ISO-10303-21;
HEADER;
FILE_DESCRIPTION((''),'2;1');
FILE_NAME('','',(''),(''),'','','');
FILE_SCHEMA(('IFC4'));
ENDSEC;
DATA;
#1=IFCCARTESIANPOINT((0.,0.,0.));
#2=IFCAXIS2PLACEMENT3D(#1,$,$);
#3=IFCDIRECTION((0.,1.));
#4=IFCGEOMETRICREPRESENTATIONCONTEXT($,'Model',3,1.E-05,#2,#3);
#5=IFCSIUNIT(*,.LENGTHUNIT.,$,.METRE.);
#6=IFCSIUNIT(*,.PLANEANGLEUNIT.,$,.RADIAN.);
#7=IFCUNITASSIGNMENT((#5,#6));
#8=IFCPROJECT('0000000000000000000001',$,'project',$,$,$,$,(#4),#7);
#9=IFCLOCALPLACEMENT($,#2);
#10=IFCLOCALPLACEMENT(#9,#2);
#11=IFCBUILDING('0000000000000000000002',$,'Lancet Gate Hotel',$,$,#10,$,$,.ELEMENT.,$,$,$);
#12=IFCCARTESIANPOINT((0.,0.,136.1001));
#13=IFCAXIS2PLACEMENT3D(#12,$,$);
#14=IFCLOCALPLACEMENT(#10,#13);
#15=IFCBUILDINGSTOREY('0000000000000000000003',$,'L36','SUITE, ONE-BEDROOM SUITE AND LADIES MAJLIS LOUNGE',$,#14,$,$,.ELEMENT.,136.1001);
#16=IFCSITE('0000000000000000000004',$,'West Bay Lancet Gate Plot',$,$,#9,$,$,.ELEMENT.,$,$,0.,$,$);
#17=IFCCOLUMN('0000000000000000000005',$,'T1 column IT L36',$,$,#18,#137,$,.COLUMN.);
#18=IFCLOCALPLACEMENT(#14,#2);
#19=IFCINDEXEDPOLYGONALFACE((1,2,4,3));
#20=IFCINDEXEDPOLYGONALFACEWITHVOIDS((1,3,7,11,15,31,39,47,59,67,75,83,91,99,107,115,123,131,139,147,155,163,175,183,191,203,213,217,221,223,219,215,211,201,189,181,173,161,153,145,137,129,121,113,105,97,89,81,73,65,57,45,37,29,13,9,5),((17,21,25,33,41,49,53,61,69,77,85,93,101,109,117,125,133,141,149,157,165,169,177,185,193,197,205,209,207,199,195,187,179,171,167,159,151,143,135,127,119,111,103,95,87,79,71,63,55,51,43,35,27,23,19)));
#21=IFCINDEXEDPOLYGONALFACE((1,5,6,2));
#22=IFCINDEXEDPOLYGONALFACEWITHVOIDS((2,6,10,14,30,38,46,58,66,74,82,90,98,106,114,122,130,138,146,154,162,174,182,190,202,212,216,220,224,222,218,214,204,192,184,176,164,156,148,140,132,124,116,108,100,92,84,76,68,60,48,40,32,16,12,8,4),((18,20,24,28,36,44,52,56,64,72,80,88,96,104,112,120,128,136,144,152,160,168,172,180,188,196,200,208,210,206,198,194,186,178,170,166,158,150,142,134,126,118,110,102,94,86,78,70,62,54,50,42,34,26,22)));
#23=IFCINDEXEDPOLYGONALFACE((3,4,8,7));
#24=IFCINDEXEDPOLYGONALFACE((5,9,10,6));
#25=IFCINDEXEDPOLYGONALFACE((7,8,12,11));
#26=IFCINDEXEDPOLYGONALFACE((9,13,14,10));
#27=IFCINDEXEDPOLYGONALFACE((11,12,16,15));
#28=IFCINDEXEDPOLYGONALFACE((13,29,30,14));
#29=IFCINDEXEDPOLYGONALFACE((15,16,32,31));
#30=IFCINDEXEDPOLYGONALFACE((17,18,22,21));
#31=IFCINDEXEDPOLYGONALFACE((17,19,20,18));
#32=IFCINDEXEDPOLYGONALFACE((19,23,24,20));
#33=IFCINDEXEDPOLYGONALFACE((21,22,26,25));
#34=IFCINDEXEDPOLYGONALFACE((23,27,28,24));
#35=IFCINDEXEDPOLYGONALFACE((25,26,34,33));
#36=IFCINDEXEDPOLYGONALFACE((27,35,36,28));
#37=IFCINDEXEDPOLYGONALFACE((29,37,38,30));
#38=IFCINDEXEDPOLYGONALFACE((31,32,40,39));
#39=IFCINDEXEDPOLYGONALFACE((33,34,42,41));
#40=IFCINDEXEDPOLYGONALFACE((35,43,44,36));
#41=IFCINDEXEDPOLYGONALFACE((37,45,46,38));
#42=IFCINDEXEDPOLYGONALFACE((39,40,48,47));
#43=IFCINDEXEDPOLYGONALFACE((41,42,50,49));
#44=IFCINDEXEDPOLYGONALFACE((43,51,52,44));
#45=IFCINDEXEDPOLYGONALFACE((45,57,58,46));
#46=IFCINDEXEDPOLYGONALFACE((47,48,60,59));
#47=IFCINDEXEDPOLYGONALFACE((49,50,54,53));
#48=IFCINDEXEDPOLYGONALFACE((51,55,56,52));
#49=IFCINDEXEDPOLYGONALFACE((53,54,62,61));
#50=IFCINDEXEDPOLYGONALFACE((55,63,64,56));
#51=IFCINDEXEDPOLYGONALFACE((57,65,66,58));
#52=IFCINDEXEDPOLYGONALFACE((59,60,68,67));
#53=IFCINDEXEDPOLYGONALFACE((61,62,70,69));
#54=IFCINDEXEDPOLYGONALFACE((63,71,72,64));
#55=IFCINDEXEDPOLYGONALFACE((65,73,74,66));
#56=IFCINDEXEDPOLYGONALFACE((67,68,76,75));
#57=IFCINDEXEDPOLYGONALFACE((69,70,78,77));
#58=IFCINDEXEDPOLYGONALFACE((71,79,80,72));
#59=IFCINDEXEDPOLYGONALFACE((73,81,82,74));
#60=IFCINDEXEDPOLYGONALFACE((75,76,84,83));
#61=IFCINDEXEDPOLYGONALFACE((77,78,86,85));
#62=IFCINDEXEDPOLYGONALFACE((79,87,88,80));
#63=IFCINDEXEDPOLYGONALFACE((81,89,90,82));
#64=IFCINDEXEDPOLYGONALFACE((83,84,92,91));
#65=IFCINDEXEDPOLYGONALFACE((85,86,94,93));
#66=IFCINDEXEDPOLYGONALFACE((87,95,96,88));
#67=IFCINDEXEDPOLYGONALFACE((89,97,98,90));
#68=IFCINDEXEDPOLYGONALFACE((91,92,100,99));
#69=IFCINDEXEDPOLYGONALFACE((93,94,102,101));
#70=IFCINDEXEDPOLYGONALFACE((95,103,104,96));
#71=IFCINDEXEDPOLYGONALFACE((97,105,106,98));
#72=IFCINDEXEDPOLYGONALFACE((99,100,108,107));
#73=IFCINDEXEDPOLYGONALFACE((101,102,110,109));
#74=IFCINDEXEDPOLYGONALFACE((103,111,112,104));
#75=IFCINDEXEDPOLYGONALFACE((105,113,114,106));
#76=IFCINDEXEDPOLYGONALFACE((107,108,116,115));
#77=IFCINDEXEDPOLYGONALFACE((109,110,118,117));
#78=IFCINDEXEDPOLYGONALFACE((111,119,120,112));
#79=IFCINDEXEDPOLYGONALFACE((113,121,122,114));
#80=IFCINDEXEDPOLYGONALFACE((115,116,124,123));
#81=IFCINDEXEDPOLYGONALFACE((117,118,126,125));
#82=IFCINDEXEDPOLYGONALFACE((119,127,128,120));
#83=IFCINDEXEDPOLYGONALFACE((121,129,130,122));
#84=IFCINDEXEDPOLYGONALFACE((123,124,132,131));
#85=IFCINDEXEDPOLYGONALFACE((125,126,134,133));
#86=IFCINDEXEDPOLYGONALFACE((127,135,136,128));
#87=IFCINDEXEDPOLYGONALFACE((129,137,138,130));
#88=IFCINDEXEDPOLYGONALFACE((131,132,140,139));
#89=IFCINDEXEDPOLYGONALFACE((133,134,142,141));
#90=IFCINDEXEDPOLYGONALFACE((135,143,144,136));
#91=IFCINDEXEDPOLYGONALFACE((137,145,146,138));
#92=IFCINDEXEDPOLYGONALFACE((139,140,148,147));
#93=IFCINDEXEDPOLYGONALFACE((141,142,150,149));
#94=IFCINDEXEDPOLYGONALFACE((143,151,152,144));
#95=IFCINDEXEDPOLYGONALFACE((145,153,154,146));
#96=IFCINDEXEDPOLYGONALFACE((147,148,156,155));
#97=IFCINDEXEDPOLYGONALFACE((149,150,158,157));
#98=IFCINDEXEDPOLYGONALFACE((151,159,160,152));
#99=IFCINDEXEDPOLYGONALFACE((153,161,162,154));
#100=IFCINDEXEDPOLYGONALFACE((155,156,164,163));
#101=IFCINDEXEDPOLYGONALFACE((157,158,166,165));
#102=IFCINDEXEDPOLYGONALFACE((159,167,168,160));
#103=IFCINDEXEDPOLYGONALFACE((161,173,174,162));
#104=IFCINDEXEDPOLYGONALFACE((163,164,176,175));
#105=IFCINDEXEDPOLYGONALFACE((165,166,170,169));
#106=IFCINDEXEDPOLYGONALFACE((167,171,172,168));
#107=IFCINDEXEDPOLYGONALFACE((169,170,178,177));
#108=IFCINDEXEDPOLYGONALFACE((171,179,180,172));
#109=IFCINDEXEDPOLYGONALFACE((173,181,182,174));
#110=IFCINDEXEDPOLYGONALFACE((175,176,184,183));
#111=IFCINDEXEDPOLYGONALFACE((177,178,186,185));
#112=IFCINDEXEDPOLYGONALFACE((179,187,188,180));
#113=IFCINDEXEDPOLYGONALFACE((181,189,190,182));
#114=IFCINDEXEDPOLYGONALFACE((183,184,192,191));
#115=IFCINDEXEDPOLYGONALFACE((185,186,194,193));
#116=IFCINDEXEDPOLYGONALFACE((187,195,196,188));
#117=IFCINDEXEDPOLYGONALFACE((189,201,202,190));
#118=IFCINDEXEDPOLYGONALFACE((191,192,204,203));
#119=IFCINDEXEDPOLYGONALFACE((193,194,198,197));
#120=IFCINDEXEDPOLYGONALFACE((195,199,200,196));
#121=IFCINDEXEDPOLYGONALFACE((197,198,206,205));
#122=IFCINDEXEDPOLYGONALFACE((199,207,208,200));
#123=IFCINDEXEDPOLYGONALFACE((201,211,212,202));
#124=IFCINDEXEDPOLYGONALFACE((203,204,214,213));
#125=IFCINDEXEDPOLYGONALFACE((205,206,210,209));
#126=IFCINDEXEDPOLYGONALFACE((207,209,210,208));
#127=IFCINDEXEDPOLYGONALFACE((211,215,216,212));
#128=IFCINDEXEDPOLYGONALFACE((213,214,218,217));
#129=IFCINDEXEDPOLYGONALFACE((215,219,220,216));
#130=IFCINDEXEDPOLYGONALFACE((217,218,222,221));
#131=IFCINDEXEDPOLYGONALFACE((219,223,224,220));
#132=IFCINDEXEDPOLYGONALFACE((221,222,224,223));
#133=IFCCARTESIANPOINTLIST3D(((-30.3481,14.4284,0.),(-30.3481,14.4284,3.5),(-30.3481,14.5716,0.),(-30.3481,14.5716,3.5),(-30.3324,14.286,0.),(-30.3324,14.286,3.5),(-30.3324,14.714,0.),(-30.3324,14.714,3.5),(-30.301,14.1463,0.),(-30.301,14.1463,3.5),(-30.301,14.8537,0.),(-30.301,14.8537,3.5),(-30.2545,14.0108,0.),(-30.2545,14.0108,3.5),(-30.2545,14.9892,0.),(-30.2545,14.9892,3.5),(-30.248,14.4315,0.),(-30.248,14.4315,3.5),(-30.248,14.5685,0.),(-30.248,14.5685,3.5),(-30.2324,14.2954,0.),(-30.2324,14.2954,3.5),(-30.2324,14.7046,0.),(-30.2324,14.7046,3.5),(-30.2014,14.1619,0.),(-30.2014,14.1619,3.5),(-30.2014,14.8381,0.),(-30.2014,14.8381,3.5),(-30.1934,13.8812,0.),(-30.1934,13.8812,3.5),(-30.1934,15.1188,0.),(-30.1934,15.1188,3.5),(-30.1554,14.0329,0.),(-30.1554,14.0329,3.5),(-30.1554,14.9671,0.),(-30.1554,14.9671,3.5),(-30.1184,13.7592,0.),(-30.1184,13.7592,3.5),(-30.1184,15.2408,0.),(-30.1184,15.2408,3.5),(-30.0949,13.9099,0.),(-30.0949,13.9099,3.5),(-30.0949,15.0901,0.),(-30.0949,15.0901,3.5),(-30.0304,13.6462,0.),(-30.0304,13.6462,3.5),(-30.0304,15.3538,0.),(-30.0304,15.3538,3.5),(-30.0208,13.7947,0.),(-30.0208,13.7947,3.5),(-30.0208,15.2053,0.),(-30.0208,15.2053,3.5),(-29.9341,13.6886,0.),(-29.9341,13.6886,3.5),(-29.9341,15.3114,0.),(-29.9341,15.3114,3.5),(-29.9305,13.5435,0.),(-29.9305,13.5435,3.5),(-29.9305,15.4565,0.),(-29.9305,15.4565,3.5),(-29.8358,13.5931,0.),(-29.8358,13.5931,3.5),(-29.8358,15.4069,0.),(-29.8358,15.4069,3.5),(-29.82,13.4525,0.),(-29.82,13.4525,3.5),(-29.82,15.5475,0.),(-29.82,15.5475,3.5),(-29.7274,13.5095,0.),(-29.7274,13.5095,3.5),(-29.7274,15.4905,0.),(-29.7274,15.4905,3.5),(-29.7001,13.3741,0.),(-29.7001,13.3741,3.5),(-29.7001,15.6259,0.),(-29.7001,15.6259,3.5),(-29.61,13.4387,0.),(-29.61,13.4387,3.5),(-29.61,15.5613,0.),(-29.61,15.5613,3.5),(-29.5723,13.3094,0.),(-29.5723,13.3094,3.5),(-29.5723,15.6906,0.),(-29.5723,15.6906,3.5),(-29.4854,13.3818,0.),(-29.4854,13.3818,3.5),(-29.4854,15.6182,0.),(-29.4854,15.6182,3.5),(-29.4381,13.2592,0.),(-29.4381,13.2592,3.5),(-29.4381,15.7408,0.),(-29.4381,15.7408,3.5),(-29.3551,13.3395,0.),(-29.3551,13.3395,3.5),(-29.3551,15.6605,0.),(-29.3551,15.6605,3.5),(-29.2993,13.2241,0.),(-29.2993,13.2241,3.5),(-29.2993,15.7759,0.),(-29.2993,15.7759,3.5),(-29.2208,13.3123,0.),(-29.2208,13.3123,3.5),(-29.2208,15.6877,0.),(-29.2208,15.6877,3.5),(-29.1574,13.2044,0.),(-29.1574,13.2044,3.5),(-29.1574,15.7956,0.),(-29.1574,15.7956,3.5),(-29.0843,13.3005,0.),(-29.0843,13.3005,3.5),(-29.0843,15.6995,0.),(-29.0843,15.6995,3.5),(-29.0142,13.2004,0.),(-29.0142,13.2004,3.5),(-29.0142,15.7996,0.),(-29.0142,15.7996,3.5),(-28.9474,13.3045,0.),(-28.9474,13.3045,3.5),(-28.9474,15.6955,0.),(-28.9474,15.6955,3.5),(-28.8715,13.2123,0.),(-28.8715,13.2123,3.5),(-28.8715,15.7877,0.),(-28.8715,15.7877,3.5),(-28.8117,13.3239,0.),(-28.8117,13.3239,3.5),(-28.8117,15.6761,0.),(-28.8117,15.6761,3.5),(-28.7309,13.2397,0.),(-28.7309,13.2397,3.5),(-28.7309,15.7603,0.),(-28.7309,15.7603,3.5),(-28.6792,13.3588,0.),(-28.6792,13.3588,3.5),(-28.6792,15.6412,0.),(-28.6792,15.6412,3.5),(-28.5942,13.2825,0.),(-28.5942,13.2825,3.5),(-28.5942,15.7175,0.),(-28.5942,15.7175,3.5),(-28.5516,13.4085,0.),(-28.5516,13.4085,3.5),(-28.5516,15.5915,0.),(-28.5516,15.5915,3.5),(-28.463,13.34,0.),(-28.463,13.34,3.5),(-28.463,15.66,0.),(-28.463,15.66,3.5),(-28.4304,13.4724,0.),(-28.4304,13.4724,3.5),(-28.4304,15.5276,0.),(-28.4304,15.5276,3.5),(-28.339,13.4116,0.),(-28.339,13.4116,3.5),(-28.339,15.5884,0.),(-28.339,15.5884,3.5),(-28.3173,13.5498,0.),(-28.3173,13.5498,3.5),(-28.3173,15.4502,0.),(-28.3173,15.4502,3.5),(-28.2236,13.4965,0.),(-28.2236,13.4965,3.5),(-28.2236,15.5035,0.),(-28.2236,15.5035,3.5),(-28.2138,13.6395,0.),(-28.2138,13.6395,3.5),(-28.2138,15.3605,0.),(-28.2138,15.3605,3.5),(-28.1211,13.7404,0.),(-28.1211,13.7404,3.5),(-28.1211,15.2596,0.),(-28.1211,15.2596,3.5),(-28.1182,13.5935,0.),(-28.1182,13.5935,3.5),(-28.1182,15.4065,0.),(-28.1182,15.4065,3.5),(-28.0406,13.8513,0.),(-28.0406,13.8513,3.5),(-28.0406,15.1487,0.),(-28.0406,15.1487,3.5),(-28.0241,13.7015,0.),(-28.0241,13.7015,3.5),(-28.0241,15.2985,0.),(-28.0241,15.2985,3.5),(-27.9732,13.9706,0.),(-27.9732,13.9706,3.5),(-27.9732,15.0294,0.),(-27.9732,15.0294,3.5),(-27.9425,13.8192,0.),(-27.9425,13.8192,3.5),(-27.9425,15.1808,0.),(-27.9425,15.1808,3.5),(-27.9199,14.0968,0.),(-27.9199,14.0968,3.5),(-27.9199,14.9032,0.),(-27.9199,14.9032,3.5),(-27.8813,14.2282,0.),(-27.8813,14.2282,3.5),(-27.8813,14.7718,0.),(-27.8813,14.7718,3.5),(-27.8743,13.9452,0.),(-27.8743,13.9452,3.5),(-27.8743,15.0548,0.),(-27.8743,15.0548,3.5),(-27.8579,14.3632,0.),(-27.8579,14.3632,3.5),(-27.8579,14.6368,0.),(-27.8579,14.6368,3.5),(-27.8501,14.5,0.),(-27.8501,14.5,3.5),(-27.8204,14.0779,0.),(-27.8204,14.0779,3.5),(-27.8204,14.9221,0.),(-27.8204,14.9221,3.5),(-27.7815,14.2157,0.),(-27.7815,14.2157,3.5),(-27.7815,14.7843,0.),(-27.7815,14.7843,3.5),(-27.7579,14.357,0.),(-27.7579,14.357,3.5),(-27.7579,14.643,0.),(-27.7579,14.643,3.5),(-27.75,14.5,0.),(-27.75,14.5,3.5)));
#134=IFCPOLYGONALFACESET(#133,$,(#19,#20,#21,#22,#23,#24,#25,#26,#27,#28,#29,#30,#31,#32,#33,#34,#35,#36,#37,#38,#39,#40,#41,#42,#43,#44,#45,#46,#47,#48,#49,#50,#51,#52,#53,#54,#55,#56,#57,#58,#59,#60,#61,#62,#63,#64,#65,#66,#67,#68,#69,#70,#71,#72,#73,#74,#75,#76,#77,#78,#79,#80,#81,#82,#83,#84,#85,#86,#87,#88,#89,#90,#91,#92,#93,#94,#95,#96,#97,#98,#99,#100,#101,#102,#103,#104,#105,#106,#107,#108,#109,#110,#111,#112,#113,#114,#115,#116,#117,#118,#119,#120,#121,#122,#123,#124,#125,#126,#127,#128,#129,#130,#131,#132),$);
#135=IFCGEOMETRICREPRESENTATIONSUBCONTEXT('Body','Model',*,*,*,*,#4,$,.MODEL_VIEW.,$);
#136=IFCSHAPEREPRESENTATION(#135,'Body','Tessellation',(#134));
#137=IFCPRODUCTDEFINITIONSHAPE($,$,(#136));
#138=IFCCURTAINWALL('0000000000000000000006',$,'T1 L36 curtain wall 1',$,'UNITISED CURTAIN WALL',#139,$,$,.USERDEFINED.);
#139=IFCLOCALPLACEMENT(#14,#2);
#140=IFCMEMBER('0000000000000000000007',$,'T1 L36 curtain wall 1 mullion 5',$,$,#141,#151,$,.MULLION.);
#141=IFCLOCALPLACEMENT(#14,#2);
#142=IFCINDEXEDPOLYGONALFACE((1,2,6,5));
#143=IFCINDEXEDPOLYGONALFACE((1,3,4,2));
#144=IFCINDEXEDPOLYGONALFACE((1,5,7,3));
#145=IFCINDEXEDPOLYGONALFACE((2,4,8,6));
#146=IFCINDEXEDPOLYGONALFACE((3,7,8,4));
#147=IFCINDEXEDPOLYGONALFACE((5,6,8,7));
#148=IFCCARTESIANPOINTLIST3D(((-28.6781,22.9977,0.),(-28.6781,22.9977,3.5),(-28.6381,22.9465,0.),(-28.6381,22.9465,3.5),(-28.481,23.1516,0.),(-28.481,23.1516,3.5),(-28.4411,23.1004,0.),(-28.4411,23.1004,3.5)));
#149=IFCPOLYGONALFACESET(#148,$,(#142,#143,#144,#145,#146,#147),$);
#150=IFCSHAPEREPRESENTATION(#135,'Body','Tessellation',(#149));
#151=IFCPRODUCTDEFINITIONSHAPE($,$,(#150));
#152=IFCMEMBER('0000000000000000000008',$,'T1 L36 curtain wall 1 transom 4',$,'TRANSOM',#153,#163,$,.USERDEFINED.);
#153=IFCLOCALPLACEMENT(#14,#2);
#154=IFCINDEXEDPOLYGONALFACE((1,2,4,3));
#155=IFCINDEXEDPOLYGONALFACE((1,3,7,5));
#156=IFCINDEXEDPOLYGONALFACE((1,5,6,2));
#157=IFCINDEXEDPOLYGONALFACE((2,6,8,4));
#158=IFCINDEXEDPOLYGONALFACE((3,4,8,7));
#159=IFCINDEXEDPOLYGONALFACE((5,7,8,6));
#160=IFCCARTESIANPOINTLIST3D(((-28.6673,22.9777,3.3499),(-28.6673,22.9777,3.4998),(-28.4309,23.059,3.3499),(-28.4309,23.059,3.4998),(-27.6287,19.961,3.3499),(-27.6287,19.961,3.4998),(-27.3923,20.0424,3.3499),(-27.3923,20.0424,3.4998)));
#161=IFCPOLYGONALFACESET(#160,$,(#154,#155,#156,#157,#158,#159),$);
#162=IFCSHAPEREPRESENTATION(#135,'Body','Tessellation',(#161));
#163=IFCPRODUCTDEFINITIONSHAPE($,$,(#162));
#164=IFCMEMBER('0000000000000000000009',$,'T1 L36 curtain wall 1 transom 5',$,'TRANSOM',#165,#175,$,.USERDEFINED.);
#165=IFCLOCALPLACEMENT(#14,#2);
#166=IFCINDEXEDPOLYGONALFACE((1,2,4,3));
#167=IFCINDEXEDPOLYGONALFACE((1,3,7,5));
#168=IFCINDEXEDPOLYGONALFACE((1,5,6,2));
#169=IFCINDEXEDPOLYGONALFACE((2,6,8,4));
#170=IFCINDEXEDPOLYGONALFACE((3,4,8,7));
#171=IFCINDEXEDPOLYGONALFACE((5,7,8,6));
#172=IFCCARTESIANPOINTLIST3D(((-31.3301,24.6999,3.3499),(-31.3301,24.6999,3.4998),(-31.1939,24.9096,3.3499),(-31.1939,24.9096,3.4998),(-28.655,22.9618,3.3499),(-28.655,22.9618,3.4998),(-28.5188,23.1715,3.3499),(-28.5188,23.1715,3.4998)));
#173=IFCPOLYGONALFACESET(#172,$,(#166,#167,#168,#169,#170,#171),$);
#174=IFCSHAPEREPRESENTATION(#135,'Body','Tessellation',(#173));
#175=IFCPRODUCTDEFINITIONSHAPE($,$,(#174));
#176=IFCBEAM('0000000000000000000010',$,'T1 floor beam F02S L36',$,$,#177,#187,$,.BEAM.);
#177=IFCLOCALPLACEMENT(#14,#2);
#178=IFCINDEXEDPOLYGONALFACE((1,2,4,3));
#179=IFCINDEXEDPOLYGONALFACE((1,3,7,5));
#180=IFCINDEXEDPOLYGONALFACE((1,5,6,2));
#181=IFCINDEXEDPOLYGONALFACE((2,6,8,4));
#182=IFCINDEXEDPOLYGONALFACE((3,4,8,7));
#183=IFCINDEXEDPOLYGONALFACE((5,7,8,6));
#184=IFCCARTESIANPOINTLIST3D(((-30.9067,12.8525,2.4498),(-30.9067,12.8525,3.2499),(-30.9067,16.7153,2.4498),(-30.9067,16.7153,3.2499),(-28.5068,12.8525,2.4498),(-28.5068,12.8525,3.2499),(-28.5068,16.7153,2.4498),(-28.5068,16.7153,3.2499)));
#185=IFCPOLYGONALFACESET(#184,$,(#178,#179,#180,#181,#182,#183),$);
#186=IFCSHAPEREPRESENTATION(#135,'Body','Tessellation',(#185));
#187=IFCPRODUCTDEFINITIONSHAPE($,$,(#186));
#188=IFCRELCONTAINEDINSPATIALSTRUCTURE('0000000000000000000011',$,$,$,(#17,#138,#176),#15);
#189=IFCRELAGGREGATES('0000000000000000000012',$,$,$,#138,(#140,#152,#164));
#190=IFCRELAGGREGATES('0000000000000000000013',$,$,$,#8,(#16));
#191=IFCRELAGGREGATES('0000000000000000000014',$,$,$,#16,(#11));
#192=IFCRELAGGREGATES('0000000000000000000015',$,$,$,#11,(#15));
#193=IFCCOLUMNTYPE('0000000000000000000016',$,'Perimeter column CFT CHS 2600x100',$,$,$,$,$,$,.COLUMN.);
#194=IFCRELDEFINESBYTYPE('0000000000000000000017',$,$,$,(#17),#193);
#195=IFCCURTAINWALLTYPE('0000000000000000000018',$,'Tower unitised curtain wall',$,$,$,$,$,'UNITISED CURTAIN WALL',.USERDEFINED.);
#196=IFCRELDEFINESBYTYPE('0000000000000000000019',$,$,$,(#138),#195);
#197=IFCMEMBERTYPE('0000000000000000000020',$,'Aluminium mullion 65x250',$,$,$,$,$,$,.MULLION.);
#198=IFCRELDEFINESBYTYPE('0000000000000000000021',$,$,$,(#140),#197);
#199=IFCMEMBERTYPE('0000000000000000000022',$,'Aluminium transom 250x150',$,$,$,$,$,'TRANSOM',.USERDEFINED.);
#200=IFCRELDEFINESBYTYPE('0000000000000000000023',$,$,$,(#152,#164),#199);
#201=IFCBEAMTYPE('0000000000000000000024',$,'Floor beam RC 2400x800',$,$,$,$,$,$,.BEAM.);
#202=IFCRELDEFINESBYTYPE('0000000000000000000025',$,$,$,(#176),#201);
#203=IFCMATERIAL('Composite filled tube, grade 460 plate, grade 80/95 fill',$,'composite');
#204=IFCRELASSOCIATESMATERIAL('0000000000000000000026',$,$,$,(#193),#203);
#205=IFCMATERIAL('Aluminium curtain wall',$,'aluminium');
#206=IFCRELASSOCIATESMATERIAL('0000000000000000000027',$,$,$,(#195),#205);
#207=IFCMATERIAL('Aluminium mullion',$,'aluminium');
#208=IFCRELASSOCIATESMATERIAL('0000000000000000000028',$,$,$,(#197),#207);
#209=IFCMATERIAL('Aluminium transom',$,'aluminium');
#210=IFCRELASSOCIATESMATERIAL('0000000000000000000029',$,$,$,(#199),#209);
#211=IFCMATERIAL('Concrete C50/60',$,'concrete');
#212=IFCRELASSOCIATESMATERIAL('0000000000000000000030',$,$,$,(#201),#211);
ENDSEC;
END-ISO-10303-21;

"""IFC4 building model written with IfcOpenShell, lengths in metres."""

from ifc_helpers import new_model, si_unit, direction, frame, origin, origin_2d, place, context, subcontext, project, spatial, rectangle, hollow_circle, extrude, material, material_profile, profile_set, type_object, element, aggregate, save


model = new_model("IFC4")

# Units and contexts
model_context = context("Model", 3, precision=1e-05, world=origin(), true_north=direction((0.0, 1.0)))
body_context = subcontext(model_context, "Body", "Model", "MODEL_VIEW")
ifc_project = project(units=[si_unit("LENGTHUNIT", "METRE"), si_unit("PLANEANGLEUNIT", "RADIAN")], contexts=[model_context])

# Site, building, storey
site_placement = place(None, origin())
site = spatial("IfcSite", under=ifc_project, at=site_placement, Name="West Bay Lancet Gate Plot", CompositionType="ELEMENT", RefElevation=0.0)
building_placement = place(site_placement, origin())
building = spatial("IfcBuilding", under=site, at=building_placement, Name="Lancet Gate Hotel", CompositionType="ELEMENT")
storey_placement = place(building_placement, frame((0.0, 0.0, 136.1001)))
storey = spatial("IfcBuildingStorey", under=building, at=storey_placement, Name="L36", Description="SUITE, ONE-BEDROOM SUITE AND LADIES MAJLIS LOUNGE", CompositionType="ELEMENT", Elevation=136.1001)

# Column
ifc_material_1 = material(Name="Composite filled tube, grade 460 plate, grade 80/95 fill", Category="composite")
ifc_material_profile_1 = material_profile(ifc_material_1, hollow_circle(Radius=1.3, WallThickness=0.1001, at=origin_2d()), Name="CHS 2600x100")
ifc_profile_set_1 = profile_set([ifc_material_profile_1], Name="Composite filled tube, grade 460 plate, grade 80/95 fill")
column_type = type_object("IfcColumnType", Name="Perimeter column CFT CHS 2600x100", PredefinedType="COLUMN", material=ifc_profile_set_1)
for number, where, z_axis, x_axis, name in (
    (1, (-29.05, 14.5, 0.0), (0.0, 0.0, 1.0), (1.0, 0.0, 0.0), "T1 column IT L36"),
):
    element("IfcColumn", number, at=place(storey_placement, frame(where, z_axis=z_axis, x_axis=x_axis)), inside=storey, type_object=column_type, Name=name, PredefinedType="COLUMN", context=body_context, shape_type="SweptSolid", body=[
        extrude(hollow_circle(Radius=1.3, WallThickness=0.1001, at=origin_2d()), origin(), (0.0, 0.0, 1.0), 3.5),
    ])

# Curtain wall, members
ifc_material_2 = material(Name="Aluminium curtain wall", Category="aluminium")
curtain_wall_type = type_object("IfcCurtainWallType", Name="Tower unitised curtain wall", ElementType="UNITISED CURTAIN WALL", PredefinedType="USERDEFINED", material=ifc_material_2)
curtain_wall_placement = place(storey_placement, origin())
curtain_wall = element("IfcCurtainWall", 2, at=curtain_wall_placement, inside=storey, type_object=curtain_wall_type, Name="T1 L36 curtain wall 1", ObjectType="UNITISED CURTAIN WALL", PredefinedType="USERDEFINED")
ifc_material_3 = material(Name="Aluminium mullion", Category="aluminium")
ifc_material_profile_2 = material_profile(ifc_material_3, rectangle(XDim=0.0649, YDim=0.25, at=origin_2d()), Name="MULLION 65x250")
ifc_profile_set_2 = profile_set([ifc_material_profile_2], Name="Aluminium mullion")
member_type_1 = type_object("IfcMemberType", Name="Aluminium mullion 65x250", PredefinedType="MULLION", material=ifc_profile_set_2)
member_1_placement = place(storey_placement, frame((-28.5596, 23.0491, 0.0), z_axis=(0.0, 0.0, 1.0), x_axis=(-0.615574, 0.788079, 0.0)))
member_1 = element("IfcMember", 3, at=member_1_placement, type_object=member_type_1, Name="T1 L36 curtain wall 1 mullion 5", PredefinedType="MULLION", context=body_context, shape_type="SweptSolid", body=[
    extrude(rectangle(XDim=0.0649, YDim=0.25, at=origin_2d()), origin(), (0.0, 0.0, 1.0), 3.5),
])
ifc_material_4 = material(Name="Aluminium transom", Category="aluminium")
ifc_material_profile_3 = material_profile(ifc_material_4, rectangle(XDim=0.25, YDim=0.1499, at=origin_2d()), Name="TRANSOM 250x150")
ifc_profile_set_3 = profile_set([ifc_material_profile_3], Name="Aluminium transom")
member_type_2 = type_object("IfcMemberType", Name="Aluminium transom 250x150", ElementType="TRANSOM", PredefinedType="USERDEFINED", material=ifc_profile_set_3)
member_2_placement = place(storey_placement, frame((-27.5105, 20.0017, 3.4248), z_axis=(-0.325533, 0.945531, 0.0), x_axis=(-0.945531, -0.325533, 0.0)))
member_2 = element("IfcMember", 4, at=member_2_placement, type_object=member_type_2, Name="T1 L36 curtain wall 1 transom 4", ObjectType="TRANSOM", PredefinedType="USERDEFINED", context=body_context, shape_type="SweptSolid", body=[
    extrude(rectangle(XDim=0.25, YDim=0.1499, at=origin_2d()), origin(), (0.0, 0.0, 1.0), 3.1904),
])
member_3_placement = place(storey_placement, frame((-28.5869, 23.0667, 3.4248), z_axis=(-0.83855, 0.544824, 0.0), x_axis=(-0.544824, -0.83855, 0.0)))
member_3 = element("IfcMember", 5, at=member_3_placement, type_object=member_type_2, Name="T1 L36 curtain wall 1 transom 5", ObjectType="TRANSOM", PredefinedType="USERDEFINED", context=body_context, shape_type="SweptSolid", body=[
    extrude(rectangle(XDim=0.25, YDim=0.1499, at=origin_2d()), origin(), (0.0, 0.0, 1.0), 3.1902),
])

# Beam
ifc_material_5 = material(Name="Concrete C50/60", Category="concrete")
ifc_material_profile_4 = material_profile(ifc_material_5, rectangle(XDim=2.3999, YDim=0.8, at=origin_2d()), Name="RC 2400x800")
ifc_profile_set_4 = profile_set([ifc_material_profile_4], Name="Concrete C50/60")
beam_type_1 = type_object("IfcBeamType", Name="Floor beam RC 2400x800", PredefinedType="BEAM", material=ifc_profile_set_4)
beam_1_placement = place(storey_placement, frame((-29.7068, 16.7153, 2.8499), z_axis=(0.0, -1.0, 0.0), x_axis=(1.0, 0.0, 0.0)))
element("IfcBeam", 6, at=beam_1_placement, inside=storey, type_object=beam_type_1, Name="T1 floor beam F02S L36", PredefinedType="BEAM", context=body_context, shape_type="SweptSolid", body=[
    extrude(rectangle(XDim=2.3999, YDim=0.8, at=origin_2d()), origin(), (0.0, 0.0, 1.0), 3.8628),
])

aggregate(curtain_wall, [member_1, member_2, member_3])

save(model, "model.ifc")
